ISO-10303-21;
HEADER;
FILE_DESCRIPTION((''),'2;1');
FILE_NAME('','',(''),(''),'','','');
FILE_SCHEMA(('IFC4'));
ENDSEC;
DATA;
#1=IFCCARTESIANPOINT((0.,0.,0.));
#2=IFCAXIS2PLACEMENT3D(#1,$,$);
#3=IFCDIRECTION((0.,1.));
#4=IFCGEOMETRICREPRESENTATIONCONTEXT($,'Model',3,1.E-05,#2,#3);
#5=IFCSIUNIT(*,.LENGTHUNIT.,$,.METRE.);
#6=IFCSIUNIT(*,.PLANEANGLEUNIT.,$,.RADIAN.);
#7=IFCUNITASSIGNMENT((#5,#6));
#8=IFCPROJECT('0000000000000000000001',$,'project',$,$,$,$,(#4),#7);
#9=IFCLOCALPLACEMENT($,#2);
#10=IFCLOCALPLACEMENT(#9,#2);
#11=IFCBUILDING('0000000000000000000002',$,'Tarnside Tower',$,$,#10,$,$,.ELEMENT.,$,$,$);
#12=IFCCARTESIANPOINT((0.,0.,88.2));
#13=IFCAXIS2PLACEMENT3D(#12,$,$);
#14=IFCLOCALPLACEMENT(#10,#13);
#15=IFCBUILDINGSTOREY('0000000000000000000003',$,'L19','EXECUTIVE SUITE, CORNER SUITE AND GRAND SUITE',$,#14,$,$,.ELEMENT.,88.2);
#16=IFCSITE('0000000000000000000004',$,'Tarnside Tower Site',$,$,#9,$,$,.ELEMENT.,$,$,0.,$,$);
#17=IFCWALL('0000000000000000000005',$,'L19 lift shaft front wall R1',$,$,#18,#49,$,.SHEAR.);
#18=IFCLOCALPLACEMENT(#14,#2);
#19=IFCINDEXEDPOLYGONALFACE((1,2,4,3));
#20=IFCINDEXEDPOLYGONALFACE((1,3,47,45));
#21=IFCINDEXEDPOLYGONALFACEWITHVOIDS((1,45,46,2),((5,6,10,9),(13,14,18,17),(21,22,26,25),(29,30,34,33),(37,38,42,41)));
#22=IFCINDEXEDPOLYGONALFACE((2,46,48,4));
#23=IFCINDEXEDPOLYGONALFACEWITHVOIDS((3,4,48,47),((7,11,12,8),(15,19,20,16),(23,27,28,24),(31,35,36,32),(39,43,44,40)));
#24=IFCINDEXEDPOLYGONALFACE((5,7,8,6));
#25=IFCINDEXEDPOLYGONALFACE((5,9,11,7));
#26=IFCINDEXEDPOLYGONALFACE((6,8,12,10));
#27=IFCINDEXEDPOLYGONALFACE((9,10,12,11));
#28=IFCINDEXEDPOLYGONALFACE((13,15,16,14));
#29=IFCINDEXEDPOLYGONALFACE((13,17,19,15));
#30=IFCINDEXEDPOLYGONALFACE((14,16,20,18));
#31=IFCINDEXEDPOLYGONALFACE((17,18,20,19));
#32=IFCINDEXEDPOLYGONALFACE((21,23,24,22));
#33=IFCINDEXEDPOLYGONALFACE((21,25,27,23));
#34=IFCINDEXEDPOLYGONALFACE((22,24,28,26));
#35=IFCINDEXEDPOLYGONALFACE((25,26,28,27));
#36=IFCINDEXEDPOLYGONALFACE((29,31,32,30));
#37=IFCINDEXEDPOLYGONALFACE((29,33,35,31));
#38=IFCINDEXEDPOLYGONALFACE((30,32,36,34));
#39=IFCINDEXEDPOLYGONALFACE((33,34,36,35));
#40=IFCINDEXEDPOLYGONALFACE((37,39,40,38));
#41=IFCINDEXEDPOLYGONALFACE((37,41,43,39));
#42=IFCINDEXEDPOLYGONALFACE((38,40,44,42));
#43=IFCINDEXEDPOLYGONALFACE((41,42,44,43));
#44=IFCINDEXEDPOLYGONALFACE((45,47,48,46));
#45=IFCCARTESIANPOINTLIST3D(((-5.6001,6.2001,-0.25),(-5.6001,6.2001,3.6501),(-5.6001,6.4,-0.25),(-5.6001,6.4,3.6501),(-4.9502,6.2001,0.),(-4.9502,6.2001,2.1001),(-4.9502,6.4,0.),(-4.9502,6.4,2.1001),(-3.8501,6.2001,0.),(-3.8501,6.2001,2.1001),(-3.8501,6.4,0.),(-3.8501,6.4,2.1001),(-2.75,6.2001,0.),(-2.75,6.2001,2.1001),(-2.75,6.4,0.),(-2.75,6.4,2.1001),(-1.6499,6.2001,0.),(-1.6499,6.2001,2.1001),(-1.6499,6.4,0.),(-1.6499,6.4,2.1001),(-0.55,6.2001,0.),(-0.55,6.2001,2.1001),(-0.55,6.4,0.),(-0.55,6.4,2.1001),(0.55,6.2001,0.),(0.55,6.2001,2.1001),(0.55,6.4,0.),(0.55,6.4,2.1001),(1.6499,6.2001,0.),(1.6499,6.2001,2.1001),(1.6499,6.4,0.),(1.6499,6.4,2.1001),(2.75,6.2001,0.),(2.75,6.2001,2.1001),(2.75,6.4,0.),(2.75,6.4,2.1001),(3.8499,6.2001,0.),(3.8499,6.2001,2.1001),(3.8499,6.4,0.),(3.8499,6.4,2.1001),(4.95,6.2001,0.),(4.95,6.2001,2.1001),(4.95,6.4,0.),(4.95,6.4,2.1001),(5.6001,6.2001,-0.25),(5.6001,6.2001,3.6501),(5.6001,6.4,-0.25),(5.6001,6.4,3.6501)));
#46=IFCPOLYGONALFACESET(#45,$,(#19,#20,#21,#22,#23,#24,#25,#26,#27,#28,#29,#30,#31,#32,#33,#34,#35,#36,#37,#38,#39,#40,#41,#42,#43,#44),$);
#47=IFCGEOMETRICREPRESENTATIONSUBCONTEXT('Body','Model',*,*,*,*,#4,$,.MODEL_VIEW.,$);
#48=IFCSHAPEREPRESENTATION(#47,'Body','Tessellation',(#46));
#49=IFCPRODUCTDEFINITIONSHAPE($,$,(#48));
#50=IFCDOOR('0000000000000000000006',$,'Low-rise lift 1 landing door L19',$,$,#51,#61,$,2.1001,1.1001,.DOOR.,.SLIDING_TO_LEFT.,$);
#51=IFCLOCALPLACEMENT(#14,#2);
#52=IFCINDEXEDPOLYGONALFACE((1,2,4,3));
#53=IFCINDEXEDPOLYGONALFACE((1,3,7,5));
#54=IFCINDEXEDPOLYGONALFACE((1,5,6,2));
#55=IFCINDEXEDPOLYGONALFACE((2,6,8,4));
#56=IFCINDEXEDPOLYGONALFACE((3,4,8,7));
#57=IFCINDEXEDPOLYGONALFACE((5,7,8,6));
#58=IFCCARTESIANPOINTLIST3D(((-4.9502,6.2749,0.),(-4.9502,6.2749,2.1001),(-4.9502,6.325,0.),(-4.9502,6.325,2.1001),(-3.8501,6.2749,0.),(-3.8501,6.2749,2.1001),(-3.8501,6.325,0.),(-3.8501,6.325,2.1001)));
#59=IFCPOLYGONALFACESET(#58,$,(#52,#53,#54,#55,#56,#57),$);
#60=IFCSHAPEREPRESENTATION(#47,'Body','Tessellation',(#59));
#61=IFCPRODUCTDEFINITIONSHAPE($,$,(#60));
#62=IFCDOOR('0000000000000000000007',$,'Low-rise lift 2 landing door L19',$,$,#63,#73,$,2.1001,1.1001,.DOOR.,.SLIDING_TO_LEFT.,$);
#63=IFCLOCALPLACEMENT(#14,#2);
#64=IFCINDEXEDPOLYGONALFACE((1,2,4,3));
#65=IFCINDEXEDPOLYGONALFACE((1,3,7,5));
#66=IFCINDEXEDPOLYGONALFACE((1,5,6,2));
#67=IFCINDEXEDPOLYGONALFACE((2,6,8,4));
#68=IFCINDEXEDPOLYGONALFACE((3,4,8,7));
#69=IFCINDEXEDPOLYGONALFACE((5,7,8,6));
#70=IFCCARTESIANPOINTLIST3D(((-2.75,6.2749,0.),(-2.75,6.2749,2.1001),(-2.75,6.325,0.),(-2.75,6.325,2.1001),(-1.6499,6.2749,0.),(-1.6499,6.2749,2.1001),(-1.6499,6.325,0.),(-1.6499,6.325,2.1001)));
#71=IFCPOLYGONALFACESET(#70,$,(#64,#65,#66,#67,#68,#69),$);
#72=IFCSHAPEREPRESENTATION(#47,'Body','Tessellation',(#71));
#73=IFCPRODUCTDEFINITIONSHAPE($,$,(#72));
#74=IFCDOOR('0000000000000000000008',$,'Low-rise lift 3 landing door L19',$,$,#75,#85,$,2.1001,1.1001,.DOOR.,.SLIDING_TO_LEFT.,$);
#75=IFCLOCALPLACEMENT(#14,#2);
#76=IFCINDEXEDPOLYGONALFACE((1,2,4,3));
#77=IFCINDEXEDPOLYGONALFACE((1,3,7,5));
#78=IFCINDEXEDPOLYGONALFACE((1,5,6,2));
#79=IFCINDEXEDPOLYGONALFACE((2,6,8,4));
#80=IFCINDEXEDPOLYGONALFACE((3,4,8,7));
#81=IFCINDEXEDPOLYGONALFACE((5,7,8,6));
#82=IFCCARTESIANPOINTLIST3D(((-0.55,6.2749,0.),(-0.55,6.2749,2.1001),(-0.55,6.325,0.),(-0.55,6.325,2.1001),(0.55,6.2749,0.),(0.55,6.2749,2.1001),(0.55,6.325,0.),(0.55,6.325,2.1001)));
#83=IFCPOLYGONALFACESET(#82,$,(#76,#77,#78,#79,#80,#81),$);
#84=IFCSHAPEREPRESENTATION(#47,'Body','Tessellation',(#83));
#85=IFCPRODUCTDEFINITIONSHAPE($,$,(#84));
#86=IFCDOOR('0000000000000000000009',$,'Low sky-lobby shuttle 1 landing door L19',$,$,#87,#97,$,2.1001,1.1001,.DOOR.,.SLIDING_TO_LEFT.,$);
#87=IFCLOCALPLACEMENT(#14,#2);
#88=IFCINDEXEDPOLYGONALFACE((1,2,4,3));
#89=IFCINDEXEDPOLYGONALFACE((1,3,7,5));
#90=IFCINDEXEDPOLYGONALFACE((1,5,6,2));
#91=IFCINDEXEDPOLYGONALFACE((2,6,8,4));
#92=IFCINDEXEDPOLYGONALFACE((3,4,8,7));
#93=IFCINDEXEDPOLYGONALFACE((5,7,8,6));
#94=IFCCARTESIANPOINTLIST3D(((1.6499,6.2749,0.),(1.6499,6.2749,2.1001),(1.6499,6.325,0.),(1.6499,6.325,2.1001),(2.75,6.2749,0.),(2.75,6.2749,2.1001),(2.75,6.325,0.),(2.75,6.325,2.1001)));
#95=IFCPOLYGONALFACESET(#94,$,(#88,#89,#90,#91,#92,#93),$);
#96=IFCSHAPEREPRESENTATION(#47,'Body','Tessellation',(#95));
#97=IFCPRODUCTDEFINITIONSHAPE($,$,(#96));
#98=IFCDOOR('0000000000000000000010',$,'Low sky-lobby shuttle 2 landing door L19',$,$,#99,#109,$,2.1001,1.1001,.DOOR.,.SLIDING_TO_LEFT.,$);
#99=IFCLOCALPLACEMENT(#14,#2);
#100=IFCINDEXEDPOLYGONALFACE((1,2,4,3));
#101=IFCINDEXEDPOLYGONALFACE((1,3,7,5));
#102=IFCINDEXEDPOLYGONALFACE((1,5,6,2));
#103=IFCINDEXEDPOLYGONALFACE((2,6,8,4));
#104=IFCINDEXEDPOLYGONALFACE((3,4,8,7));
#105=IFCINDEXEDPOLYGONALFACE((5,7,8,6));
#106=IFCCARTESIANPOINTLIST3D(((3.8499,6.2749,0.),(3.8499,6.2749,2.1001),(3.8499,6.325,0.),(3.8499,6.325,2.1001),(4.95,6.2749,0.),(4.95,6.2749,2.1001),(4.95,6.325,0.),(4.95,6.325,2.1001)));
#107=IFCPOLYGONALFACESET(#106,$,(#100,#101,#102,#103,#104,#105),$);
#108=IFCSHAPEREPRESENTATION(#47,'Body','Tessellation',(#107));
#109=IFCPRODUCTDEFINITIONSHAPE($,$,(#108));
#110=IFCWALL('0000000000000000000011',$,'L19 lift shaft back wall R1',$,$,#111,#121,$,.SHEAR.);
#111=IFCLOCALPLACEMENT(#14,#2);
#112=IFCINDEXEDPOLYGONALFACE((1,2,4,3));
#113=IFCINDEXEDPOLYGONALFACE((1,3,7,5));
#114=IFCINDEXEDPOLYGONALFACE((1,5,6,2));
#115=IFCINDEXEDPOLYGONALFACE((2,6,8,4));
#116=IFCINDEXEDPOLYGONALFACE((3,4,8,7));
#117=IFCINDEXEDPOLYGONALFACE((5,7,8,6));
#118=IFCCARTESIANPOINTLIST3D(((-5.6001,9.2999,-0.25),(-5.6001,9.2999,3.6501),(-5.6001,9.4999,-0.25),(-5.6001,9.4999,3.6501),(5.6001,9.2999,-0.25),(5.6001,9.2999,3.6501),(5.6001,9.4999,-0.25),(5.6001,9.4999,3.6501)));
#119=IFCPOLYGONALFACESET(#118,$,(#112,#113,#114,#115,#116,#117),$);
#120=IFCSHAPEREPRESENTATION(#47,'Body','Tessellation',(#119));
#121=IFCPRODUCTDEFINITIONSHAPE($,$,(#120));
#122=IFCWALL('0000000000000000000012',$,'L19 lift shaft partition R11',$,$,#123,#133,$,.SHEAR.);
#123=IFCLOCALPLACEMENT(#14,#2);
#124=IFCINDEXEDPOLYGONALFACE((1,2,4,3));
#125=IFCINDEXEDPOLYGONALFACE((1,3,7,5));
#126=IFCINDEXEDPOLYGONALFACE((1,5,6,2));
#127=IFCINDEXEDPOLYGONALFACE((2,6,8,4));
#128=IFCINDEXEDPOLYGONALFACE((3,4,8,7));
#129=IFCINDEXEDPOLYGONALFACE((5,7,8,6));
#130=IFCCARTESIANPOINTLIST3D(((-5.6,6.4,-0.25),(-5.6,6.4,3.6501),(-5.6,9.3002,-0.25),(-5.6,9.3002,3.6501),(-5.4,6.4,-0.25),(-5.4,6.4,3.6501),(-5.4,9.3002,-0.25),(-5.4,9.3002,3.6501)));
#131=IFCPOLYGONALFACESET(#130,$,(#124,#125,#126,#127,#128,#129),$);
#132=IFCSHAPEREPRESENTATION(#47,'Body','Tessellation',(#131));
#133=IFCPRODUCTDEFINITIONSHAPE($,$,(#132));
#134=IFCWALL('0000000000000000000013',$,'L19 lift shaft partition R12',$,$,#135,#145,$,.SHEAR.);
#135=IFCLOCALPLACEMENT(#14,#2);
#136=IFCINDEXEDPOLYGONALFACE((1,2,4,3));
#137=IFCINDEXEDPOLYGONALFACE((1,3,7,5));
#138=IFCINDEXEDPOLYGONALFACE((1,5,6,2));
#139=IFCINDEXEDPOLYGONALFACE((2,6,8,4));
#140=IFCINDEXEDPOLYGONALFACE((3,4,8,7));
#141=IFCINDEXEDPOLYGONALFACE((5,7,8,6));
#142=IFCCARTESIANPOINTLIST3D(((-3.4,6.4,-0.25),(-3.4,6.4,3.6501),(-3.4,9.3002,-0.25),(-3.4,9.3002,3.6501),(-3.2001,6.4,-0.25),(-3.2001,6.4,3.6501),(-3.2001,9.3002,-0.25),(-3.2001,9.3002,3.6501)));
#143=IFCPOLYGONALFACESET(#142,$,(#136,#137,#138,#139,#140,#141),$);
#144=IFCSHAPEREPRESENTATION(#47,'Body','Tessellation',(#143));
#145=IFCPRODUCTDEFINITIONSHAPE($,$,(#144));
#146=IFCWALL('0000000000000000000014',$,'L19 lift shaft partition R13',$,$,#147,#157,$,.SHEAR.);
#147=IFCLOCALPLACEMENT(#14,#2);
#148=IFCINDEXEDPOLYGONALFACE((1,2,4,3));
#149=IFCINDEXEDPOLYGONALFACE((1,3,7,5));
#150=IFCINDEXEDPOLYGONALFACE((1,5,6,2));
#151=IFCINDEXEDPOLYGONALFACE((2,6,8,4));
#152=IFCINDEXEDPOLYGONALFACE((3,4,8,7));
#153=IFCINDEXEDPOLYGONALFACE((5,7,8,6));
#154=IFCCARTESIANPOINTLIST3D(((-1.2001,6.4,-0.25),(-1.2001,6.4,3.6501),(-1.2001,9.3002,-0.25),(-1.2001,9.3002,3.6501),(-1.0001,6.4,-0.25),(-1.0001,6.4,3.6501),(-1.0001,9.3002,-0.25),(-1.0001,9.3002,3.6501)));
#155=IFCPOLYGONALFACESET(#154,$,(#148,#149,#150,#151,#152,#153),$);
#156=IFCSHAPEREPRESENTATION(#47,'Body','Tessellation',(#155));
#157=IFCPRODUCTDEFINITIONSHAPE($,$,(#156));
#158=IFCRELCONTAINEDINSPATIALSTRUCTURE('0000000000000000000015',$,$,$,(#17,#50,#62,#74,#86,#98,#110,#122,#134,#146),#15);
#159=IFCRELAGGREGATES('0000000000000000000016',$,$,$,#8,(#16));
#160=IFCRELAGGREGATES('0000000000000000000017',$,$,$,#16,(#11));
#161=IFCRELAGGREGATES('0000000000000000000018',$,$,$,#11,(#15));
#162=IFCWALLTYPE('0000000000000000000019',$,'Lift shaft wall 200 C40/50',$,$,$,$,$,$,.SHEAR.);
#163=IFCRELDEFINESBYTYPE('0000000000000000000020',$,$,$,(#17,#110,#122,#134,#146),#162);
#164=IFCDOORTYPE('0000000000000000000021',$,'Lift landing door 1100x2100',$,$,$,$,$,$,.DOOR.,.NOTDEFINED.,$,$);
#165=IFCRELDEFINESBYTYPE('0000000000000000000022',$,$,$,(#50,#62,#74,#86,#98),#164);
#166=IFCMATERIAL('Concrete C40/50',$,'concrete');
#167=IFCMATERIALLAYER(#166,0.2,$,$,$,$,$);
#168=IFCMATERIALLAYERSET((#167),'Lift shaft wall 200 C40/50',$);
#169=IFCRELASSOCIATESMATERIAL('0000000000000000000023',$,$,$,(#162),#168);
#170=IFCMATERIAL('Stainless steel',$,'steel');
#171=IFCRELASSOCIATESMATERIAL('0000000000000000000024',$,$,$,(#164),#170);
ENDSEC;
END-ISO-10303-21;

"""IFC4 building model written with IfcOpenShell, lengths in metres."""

from ifc_helpers import new_model, si_unit, direction, frame, frame_2d, origin, place, context, subcontext, project, spatial, rectangle, extrude, material, layer, layer_set, type_object, element, fill, save


model = new_model("IFC4")

# Units and contexts
model_context = context("Model", 3, precision=1e-05, world=origin(), true_north=direction((0.0, 1.0)))
body_context = subcontext(model_context, "Body", "Model", "MODEL_VIEW")
ifc_project = project(units=[si_unit("LENGTHUNIT", "METRE"), si_unit("PLANEANGLEUNIT", "RADIAN")], contexts=[model_context])

# Site, building, storey
site_placement = place(None, origin())
site = spatial("IfcSite", under=ifc_project, at=site_placement, Name="Tarnside Tower Site", CompositionType="ELEMENT", RefElevation=0.0)
building_placement = place(site_placement, origin())
building = spatial("IfcBuilding", under=site, at=building_placement, Name="Tarnside Tower", CompositionType="ELEMENT")
storey_placement = place(building_placement, frame((0.0, 0.0, 88.2)))
storey = spatial("IfcBuildingStorey", under=building, at=storey_placement, Name="L19", Description="EXECUTIVE SUITE, CORNER SUITE AND GRAND SUITE", CompositionType="ELEMENT", Elevation=88.2)

# Wall, openings, doors
ifc_material_1 = material(Name="Concrete C40/50", Category="concrete")
ifc_layer = layer(ifc_material_1, 0.2)
ifc_layer_set = layer_set([ifc_layer], Name="Lift shaft wall 200 C40/50")
wall_type = type_object("IfcWallType", Name="Lift shaft wall 200 C40/50", PredefinedType="SHEAR", material=ifc_layer_set)
wall_1_placement = place(storey_placement, frame((-5.6001, 6.3, -0.25), z_axis=(0.0, 0.0, 1.0), x_axis=(1.0, 0.0, 0.0)))
wall_1 = element("IfcWall", 1, at=wall_1_placement, inside=storey, type_object=wall_type, Name="L19 lift shaft front wall R1", PredefinedType="SHEAR", context=body_context, shape_type="SweptSolid", body=[
    extrude(rectangle(XDim=11.2002, YDim=0.2, at=frame_2d((5.6001, 0.0))), origin(), (0.0, 0.0, 1.0), 3.9001),
])
opening_1_placement = place(wall_1_placement, frame((0.6499, 0.0, 0.25)))
opening_1 = element("IfcOpeningElement", 2, at=opening_1_placement, cuts=wall_1, PredefinedType="OPENING", context=body_context, shape_type="SweptSolid", body=[
    extrude(rectangle(XDim=1.1001, YDim=2.1001, at=frame_2d((0.55, 1.05))), frame((0.0, 0.1099, 0.0), z_axis=(0.0, -1.0, 0.0), x_axis=(1.0, 0.0, 0.0)), (0.0, 0.0, 1.0), 0.22),
])
opening_2_placement = place(wall_1_placement, frame((2.8501, 0.0, 0.25)))
opening_2 = element("IfcOpeningElement", 3, at=opening_2_placement, cuts=wall_1, PredefinedType="OPENING", context=body_context, shape_type="SweptSolid", body=[
    extrude(rectangle(XDim=1.1001, YDim=2.1001, at=frame_2d((0.55, 1.05))), frame((0.0, 0.1099, 0.0), z_axis=(0.0, -1.0, 0.0), x_axis=(1.0, 0.0, 0.0)), (0.0, 0.0, 1.0), 0.22),
])
opening_3_placement = place(wall_1_placement, frame((5.05, 0.0, 0.25)))
opening_3 = element("IfcOpeningElement", 4, at=opening_3_placement, cuts=wall_1, PredefinedType="OPENING", context=body_context, shape_type="SweptSolid", body=[
    extrude(rectangle(XDim=1.1001, YDim=2.1001, at=frame_2d((0.55, 1.05))), frame((0.0, 0.1099, 0.0), z_axis=(0.0, -1.0, 0.0), x_axis=(1.0, 0.0, 0.0)), (0.0, 0.0, 1.0), 0.22),
])
opening_4_placement = place(wall_1_placement, frame((7.25, 0.0, 0.25)))
opening_4 = element("IfcOpeningElement", 5, at=opening_4_placement, cuts=wall_1, PredefinedType="OPENING", context=body_context, shape_type="SweptSolid", body=[
    extrude(rectangle(XDim=1.1001, YDim=2.1001, at=frame_2d((0.55, 1.05))), frame((0.0, 0.1099, 0.0), z_axis=(0.0, -1.0, 0.0), x_axis=(1.0, 0.0, 0.0)), (0.0, 0.0, 1.0), 0.22),
])
opening_5_placement = place(wall_1_placement, frame((9.45, 0.0, 0.25)))
opening_5 = element("IfcOpeningElement", 6, at=opening_5_placement, cuts=wall_1, PredefinedType="OPENING", context=body_context, shape_type="SweptSolid", body=[
    extrude(rectangle(XDim=1.1001, YDim=2.1001, at=frame_2d((0.55, 1.05))), frame((0.0, 0.1099, 0.0), z_axis=(0.0, -1.0, 0.0), x_axis=(1.0, 0.0, 0.0)), (0.0, 0.0, 1.0), 0.22),
])
ifc_material_2 = material(Name="Stainless steel", Category="steel")
door_type = type_object("IfcDoorType", Name="Lift landing door 1100x2100", OperationType="NOTDEFINED", PredefinedType="DOOR", material=ifc_material_2)
door_1_placement = place(opening_1_placement, origin())
door_1 = element("IfcDoor", 7, at=door_1_placement, inside=storey, type_object=door_type, Name="Low-rise lift 1 landing door L19", OperationType="SLIDING_TO_LEFT", OverallHeight=2.1001, OverallWidth=1.1001, PredefinedType="DOOR", context=body_context, shape_type="SweptSolid", body=[
    extrude(rectangle(XDim=1.1001, YDim=2.1001, at=frame_2d((0.55, 1.05))), frame((0.0, 0.0249, 0.0), z_axis=(0.0, -1.0, 0.0), x_axis=(1.0, 0.0, 0.0)), (0.0, 0.0, 1.0), 0.05),
])
fill(opening_1, door_1)
door_2_placement = place(opening_2_placement, origin())
door_2 = element("IfcDoor", 8, at=door_2_placement, inside=storey, type_object=door_type, Name="Low-rise lift 2 landing door L19", OperationType="SLIDING_TO_LEFT", OverallHeight=2.1001, OverallWidth=1.1001, PredefinedType="DOOR", context=body_context, shape_type="SweptSolid", body=[
    extrude(rectangle(XDim=1.1001, YDim=2.1001, at=frame_2d((0.55, 1.05))), frame((0.0, 0.0249, 0.0), z_axis=(0.0, -1.0, 0.0), x_axis=(1.0, 0.0, 0.0)), (0.0, 0.0, 1.0), 0.05),
])
fill(opening_2, door_2)
door_3_placement = place(opening_3_placement, origin())
door_3 = element("IfcDoor", 9, at=door_3_placement, inside=storey, type_object=door_type, Name="Low-rise lift 3 landing door L19", OperationType="SLIDING_TO_LEFT", OverallHeight=2.1001, OverallWidth=1.1001, PredefinedType="DOOR", context=body_context, shape_type="SweptSolid", body=[
    extrude(rectangle(XDim=1.1001, YDim=2.1001, at=frame_2d((0.55, 1.05))), frame((0.0, 0.0249, 0.0), z_axis=(0.0, -1.0, 0.0), x_axis=(1.0, 0.0, 0.0)), (0.0, 0.0, 1.0), 0.05),
])
fill(opening_3, door_3)
door_4_placement = place(opening_4_placement, origin())
door_4 = element("IfcDoor", 10, at=door_4_placement, inside=storey, type_object=door_type, Name="Low sky-lobby shuttle 1 landing door L19", OperationType="SLIDING_TO_LEFT", OverallHeight=2.1001, OverallWidth=1.1001, PredefinedType="DOOR", context=body_context, shape_type="SweptSolid", body=[
    extrude(rectangle(XDim=1.1001, YDim=2.1001, at=frame_2d((0.55, 1.05))), frame((0.0, 0.0249, 0.0), z_axis=(0.0, -1.0, 0.0), x_axis=(1.0, 0.0, 0.0)), (0.0, 0.0, 1.0), 0.05),
])
fill(opening_4, door_4)
door_5_placement = place(opening_5_placement, origin())
door_5 = element("IfcDoor", 11, at=door_5_placement, inside=storey, type_object=door_type, Name="Low sky-lobby shuttle 2 landing door L19", OperationType="SLIDING_TO_LEFT", OverallHeight=2.1001, OverallWidth=1.1001, PredefinedType="DOOR", context=body_context, shape_type="SweptSolid", body=[
    extrude(rectangle(XDim=1.1001, YDim=2.1001, at=frame_2d((0.55, 1.05))), frame((0.0, 0.0249, 0.0), z_axis=(0.0, -1.0, 0.0), x_axis=(1.0, 0.0, 0.0)), (0.0, 0.0, 1.0), 0.05),
])
fill(opening_5, door_5)

# Walls
wall_2_placement = place(storey_placement, frame((-5.6001, 9.3999, -0.25), z_axis=(0.0, 0.0, 1.0), x_axis=(1.0, 0.0, 0.0)))
element("IfcWall", 12, at=wall_2_placement, inside=storey, type_object=wall_type, Name="L19 lift shaft back wall R1", PredefinedType="SHEAR", context=body_context, shape_type="SweptSolid", body=[
    extrude(rectangle(XDim=11.2002, YDim=0.2, at=frame_2d((5.6001, 0.0))), origin(), (0.0, 0.0, 1.0), 3.9001),
])
for number, where, z_axis, x_axis, name in (
    (13, (-5.5, 6.3999, -0.25), (0.0, 0.0, 1.0), (0.0, 1.0, 0.0), "L19 lift shaft partition R11"),
    (14, (-3.3, 6.3999, -0.25), (0.0, 0.0, 1.0), (0.0, 1.0, 0.0), "L19 lift shaft partition R12"),
    (15, (-1.1001, 6.3999, -0.25), (0.0, 0.0, 1.0), (0.0, 1.0, 0.0), "L19 lift shaft partition R13"),
):
    element("IfcWall", number, at=place(storey_placement, frame(where, z_axis=z_axis, x_axis=x_axis)), inside=storey, type_object=wall_type, Name=name, PredefinedType="SHEAR", context=body_context, shape_type="SweptSolid", body=[
        extrude(rectangle(XDim=2.9001, YDim=0.2, at=frame_2d((1.4502, 0.0))), origin(), (0.0, 0.0, 1.0), 3.9001),
    ])

save(model, "model.ifc")
